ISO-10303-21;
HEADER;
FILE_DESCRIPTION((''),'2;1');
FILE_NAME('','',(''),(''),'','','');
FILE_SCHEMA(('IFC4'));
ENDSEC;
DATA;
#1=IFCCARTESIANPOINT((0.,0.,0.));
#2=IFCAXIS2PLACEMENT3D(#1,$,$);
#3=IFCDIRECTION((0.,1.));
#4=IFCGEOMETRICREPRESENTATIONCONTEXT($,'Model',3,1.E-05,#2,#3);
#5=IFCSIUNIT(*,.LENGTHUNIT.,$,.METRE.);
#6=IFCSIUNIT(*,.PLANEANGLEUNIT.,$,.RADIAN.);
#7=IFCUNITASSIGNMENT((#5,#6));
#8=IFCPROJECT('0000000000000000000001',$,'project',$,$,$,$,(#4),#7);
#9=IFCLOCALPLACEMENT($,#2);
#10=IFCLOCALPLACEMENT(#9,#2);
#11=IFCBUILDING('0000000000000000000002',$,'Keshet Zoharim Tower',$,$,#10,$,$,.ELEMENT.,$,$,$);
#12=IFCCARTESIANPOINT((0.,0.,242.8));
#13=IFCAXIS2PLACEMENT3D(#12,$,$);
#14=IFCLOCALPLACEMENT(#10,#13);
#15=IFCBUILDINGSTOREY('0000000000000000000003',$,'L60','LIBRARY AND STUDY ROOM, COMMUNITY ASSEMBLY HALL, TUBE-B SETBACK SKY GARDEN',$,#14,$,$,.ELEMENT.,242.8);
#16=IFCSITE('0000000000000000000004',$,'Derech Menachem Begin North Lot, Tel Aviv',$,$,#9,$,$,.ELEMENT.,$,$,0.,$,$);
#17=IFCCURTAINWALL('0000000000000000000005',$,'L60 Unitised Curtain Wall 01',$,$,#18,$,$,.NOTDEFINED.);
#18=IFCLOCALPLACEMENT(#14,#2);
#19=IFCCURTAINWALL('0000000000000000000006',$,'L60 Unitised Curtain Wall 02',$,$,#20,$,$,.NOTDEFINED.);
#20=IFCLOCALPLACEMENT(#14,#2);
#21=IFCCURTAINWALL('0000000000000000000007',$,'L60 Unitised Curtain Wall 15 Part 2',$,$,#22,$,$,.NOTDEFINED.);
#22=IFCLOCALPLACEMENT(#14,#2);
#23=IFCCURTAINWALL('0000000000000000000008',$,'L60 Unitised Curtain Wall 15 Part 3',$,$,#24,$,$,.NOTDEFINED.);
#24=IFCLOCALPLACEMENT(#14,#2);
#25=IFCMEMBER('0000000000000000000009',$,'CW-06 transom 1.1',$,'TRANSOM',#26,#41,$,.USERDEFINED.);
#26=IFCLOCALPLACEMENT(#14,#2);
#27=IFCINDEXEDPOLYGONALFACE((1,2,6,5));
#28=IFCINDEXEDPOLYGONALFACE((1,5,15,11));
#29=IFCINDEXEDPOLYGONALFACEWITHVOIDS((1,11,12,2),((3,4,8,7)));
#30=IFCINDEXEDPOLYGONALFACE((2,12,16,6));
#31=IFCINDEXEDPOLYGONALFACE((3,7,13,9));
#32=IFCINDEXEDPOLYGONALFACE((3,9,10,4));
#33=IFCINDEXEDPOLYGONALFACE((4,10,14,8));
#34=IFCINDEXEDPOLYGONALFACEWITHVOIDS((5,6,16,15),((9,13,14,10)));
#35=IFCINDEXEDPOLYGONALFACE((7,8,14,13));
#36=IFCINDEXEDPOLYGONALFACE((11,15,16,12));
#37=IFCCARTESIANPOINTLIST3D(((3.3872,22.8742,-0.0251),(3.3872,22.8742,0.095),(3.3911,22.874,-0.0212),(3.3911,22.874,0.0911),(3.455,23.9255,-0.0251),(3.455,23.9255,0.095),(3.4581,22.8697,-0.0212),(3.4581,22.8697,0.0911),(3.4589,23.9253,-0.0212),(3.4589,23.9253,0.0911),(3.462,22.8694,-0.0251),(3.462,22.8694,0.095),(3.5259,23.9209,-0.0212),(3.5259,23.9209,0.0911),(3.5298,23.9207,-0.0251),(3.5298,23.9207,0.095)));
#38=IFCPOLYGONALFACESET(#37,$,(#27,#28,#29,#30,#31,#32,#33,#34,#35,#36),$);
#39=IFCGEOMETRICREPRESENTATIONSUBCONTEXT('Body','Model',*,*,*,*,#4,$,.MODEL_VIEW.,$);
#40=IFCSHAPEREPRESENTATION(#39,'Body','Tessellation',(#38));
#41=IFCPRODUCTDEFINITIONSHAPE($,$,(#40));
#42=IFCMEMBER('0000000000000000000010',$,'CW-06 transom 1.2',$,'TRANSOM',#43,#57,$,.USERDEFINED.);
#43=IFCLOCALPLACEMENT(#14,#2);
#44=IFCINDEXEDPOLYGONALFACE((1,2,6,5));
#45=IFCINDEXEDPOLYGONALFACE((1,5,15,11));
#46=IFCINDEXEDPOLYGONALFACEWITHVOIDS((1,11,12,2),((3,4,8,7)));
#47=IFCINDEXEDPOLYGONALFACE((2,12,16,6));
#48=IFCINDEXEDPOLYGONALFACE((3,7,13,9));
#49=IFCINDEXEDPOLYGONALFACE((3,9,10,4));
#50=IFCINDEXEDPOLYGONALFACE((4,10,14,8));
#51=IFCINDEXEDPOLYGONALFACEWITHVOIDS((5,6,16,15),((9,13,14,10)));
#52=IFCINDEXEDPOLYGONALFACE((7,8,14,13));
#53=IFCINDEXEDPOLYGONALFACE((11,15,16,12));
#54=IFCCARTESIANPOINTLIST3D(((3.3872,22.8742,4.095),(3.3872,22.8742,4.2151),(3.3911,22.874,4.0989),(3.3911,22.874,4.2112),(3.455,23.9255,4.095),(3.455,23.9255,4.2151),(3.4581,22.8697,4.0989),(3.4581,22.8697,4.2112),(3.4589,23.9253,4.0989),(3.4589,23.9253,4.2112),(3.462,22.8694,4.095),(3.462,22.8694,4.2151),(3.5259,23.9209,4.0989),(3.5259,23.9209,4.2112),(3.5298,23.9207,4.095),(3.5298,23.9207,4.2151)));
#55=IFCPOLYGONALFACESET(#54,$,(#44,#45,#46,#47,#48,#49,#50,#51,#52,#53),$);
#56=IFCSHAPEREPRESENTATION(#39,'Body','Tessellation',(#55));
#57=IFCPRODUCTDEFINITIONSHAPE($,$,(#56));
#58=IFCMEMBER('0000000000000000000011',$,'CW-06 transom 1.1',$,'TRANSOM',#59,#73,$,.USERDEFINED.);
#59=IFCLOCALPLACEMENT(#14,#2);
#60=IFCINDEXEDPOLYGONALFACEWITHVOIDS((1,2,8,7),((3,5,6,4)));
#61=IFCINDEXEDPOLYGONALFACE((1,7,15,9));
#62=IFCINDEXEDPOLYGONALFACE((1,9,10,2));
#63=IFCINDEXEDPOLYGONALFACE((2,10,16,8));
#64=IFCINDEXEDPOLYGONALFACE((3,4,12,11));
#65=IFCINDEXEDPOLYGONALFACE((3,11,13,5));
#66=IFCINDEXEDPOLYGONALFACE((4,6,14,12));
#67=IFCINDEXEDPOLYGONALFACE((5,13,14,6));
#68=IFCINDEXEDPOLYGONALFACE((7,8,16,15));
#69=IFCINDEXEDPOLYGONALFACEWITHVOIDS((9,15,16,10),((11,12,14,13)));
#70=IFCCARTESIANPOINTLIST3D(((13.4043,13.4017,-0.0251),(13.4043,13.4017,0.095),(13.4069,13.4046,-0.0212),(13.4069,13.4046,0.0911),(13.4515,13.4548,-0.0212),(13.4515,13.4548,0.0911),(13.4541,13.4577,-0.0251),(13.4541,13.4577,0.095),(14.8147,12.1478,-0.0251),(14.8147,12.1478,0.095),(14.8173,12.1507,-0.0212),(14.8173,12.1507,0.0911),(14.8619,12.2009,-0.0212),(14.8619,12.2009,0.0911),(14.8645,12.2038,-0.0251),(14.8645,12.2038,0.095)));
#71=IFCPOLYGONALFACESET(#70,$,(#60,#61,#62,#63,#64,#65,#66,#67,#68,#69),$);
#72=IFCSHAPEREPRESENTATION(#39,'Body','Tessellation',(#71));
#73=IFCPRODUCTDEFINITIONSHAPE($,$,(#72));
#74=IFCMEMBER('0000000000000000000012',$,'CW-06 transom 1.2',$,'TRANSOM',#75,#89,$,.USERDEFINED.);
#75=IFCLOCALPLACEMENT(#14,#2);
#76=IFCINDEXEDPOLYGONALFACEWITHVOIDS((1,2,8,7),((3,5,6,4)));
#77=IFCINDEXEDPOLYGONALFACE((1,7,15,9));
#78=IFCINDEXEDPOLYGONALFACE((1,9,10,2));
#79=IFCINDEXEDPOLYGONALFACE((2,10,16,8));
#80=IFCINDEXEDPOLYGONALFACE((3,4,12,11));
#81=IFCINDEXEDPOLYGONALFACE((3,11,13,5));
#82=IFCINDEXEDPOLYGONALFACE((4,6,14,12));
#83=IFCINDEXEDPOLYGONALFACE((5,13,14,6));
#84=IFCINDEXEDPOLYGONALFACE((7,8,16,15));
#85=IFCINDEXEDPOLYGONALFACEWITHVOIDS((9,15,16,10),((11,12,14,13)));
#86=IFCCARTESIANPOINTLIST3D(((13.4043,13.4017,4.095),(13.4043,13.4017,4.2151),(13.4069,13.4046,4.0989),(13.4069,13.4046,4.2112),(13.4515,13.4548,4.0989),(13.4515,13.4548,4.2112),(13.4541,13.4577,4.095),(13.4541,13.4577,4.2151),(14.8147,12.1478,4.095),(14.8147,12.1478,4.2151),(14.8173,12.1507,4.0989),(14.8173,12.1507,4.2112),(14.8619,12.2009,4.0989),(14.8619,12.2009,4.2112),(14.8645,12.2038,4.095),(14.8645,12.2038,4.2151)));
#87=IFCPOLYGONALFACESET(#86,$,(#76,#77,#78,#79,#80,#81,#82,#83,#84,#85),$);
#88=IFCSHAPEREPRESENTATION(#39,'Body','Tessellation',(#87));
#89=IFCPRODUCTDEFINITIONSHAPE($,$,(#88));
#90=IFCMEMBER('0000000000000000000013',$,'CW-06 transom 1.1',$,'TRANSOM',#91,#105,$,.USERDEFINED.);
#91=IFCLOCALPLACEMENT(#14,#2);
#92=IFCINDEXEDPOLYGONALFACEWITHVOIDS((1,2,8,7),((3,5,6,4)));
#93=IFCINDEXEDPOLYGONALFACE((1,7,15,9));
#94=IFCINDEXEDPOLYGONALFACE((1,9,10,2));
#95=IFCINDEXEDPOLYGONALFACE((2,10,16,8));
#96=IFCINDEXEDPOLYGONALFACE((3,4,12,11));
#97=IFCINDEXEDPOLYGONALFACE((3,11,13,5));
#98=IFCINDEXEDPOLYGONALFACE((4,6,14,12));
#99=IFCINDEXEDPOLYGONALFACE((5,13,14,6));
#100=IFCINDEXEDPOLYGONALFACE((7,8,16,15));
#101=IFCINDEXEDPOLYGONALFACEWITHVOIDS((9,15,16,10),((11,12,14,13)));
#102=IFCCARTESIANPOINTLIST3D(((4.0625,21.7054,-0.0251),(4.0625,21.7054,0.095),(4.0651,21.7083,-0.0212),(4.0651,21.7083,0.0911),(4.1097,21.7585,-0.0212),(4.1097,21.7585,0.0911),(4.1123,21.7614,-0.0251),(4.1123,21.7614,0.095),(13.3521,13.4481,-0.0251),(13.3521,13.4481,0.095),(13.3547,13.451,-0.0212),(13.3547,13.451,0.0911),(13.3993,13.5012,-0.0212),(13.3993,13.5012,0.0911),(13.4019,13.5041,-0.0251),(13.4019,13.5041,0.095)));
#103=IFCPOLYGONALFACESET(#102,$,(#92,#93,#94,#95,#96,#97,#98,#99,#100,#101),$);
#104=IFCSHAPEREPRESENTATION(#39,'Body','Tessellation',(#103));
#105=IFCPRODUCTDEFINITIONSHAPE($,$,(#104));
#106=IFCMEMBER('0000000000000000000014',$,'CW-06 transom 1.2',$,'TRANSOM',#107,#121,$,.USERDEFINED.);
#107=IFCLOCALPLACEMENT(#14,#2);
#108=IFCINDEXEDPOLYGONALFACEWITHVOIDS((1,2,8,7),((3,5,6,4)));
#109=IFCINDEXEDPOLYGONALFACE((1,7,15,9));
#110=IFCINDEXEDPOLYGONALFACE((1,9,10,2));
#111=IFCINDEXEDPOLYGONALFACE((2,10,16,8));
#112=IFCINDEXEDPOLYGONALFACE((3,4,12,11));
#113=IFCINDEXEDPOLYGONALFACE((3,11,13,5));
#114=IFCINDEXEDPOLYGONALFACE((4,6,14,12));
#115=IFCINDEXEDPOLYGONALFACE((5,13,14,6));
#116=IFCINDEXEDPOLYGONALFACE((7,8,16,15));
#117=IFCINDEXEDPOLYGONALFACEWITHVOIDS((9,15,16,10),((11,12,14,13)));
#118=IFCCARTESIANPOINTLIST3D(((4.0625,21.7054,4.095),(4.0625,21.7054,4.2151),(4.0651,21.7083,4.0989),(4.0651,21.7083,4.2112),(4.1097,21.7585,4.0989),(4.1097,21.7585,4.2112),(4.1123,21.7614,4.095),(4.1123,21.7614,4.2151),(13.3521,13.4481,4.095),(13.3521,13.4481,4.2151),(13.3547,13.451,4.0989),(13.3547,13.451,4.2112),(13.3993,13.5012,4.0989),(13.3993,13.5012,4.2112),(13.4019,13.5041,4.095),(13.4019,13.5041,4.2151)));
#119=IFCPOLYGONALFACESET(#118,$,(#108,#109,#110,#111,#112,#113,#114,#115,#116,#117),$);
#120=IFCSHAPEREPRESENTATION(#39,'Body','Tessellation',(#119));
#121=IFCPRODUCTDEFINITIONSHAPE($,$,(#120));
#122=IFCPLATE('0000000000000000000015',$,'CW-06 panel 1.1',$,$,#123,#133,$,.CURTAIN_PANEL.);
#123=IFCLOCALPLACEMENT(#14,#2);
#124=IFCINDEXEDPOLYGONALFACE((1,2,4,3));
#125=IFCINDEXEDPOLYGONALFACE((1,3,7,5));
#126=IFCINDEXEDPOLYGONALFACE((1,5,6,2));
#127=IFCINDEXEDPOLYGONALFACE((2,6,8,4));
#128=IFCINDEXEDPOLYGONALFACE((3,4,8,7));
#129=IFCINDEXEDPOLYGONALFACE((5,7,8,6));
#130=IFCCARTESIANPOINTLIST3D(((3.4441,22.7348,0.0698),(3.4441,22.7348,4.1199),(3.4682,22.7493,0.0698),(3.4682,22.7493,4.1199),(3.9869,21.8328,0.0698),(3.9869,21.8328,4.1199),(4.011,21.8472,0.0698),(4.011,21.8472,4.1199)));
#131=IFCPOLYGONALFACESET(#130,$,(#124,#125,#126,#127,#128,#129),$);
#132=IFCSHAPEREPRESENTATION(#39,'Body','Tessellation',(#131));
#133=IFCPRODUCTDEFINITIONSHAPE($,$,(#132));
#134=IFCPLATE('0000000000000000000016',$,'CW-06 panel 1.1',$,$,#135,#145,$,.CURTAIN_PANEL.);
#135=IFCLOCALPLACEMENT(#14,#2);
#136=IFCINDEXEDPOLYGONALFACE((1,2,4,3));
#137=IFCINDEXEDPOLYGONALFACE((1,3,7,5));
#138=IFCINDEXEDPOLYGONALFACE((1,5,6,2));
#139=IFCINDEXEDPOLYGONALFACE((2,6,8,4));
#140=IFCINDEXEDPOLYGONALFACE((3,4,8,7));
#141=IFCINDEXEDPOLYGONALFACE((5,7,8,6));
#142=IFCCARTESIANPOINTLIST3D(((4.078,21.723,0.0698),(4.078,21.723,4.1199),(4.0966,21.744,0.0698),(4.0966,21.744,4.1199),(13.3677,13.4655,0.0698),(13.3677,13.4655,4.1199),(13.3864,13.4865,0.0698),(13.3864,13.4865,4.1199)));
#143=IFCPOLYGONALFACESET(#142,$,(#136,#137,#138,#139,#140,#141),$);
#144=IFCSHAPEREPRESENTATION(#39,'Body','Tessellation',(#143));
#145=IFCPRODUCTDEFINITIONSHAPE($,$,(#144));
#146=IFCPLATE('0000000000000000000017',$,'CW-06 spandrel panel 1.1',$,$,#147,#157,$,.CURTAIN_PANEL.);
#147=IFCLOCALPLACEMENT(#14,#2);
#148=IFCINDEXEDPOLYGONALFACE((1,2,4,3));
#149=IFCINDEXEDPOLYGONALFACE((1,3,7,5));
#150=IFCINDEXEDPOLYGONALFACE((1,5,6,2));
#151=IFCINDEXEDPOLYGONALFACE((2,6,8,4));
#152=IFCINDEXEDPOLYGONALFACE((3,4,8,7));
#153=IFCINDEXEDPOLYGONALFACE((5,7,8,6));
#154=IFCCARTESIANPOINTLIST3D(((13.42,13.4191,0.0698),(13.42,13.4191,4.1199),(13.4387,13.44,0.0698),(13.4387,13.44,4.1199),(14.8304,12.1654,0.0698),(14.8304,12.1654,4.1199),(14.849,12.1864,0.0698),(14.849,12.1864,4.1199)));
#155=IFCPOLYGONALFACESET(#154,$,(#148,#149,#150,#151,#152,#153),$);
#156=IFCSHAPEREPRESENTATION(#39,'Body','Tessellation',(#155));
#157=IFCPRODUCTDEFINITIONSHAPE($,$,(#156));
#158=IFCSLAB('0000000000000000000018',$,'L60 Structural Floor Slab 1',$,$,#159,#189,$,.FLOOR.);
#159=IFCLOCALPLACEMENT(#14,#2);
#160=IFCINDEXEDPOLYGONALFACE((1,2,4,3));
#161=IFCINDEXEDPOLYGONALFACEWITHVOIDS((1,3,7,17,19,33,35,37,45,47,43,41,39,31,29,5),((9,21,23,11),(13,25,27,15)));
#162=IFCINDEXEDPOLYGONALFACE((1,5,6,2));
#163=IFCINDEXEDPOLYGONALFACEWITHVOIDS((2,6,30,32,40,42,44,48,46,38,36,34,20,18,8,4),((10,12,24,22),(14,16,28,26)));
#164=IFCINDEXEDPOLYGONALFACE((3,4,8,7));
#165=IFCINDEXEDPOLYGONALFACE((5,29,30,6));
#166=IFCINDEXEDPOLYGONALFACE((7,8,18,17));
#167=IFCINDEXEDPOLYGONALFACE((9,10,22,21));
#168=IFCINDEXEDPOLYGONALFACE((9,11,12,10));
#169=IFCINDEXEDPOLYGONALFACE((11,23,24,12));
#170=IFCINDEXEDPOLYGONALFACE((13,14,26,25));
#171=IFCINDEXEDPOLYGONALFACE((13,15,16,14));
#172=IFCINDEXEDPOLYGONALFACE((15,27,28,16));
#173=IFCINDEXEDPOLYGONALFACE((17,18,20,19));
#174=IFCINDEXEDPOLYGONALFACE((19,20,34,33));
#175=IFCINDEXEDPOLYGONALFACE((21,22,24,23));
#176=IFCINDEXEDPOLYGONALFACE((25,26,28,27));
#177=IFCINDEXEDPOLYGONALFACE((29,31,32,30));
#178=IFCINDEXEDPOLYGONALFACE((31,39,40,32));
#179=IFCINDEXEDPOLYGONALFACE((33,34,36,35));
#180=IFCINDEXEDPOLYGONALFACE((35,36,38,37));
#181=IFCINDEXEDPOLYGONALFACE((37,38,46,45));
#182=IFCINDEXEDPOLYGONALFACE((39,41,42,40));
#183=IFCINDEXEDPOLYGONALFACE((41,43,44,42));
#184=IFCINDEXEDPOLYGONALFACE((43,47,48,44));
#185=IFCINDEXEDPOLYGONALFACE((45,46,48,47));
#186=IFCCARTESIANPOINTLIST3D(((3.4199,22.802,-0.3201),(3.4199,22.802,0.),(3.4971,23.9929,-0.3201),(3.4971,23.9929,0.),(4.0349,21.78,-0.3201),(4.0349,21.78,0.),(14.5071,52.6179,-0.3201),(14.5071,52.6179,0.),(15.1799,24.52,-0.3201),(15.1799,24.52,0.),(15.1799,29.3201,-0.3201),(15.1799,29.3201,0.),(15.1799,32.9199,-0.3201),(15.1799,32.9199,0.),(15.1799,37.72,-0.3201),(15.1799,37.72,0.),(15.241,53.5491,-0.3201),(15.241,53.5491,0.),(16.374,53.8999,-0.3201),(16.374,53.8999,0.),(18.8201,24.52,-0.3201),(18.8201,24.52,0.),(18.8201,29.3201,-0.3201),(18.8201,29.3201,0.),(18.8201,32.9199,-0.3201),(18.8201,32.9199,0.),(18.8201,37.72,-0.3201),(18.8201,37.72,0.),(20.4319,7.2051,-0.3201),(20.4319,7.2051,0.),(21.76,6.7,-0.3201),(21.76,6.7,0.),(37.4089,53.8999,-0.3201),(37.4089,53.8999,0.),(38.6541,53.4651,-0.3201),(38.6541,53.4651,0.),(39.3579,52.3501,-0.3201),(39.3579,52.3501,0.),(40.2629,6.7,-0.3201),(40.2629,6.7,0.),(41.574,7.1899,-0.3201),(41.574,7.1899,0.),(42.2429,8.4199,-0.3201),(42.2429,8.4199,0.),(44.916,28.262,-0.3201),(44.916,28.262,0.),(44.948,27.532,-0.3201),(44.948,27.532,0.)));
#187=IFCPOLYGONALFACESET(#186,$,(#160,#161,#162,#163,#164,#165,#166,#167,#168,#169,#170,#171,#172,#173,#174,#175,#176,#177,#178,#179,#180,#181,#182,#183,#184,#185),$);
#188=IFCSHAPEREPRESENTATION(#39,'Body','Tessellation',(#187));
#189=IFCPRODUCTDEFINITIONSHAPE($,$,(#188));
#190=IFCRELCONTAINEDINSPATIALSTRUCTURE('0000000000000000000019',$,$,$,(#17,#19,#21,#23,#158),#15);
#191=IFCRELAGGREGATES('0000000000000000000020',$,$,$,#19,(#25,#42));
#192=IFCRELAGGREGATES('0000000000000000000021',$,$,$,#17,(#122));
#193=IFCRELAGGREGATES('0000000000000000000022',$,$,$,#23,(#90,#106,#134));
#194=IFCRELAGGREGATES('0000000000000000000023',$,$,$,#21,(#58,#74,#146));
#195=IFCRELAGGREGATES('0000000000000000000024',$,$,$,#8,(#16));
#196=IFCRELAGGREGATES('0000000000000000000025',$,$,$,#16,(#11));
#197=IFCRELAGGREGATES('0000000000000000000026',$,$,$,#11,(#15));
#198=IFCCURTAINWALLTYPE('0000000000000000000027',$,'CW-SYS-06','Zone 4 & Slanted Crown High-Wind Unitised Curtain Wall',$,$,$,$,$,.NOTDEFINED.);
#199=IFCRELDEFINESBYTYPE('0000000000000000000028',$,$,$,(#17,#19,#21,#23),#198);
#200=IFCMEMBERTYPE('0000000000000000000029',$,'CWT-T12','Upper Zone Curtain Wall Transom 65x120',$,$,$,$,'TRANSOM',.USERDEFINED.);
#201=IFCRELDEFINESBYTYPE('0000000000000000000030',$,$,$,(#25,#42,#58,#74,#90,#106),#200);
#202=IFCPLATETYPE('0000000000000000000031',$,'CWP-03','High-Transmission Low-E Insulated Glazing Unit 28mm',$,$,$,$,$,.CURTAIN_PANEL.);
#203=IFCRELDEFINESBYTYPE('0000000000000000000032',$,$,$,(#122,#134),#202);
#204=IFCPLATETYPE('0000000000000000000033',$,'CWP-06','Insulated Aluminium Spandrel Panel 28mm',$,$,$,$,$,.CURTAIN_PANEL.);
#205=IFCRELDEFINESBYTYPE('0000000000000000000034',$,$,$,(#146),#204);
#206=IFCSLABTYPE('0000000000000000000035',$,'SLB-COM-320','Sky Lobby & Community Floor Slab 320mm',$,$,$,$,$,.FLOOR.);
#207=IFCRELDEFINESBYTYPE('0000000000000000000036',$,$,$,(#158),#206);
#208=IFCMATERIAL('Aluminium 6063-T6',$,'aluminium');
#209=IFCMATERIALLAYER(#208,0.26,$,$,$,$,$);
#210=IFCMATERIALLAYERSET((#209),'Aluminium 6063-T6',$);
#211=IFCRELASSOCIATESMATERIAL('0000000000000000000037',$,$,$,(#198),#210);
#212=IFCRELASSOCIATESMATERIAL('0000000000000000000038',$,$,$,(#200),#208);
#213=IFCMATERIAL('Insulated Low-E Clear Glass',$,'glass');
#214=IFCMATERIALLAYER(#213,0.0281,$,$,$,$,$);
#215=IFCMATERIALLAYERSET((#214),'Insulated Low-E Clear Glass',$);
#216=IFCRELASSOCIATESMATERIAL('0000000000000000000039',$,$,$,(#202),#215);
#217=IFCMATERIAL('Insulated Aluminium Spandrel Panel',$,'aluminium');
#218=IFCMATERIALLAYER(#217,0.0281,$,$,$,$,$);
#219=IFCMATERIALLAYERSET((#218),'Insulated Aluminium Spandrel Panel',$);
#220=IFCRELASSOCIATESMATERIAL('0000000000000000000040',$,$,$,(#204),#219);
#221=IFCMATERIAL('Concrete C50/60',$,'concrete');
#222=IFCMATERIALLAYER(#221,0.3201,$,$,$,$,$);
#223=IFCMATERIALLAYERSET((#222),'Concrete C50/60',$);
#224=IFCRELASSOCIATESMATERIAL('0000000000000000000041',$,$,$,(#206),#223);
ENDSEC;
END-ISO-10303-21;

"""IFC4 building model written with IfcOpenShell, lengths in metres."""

from ifc_helpers import new_model, si_unit, direction, frame, origin, origin_2d, place, context, subcontext, project, spatial, polyline, rectangle, hollow_rectangle, outline, extrude, material, layer, layer_set, material_profile, profile_set, type_object, element, aggregate, save


model = new_model("IFC4")

# Units and contexts
model_context = context("Model", 3, precision=1e-05, world=origin(), true_north=direction((0.0, 1.0)))
body_context = subcontext(model_context, "Body", "Model", "MODEL_VIEW")
ifc_project = project(units=[si_unit("LENGTHUNIT", "METRE"), si_unit("PLANEANGLEUNIT", "RADIAN")], contexts=[model_context])

# Site, building, storey
site_placement = place(None, origin())
site = spatial("IfcSite", under=ifc_project, at=site_placement, Name="Derech Menachem Begin North Lot, Tel Aviv", CompositionType="ELEMENT", RefElevation=0.0)
building_placement = place(site_placement, origin())
building = spatial("IfcBuilding", under=site, at=building_placement, Name="Keshet Zoharim Tower", CompositionType="ELEMENT")
storey_placement = place(building_placement, frame((0.0, 0.0, 242.8)))
storey = spatial("IfcBuildingStorey", under=building, at=storey_placement, Name="L60", Description="LIBRARY AND STUDY ROOM, COMMUNITY ASSEMBLY HALL, TUBE-B SETBACK SKY GARDEN", CompositionType="ELEMENT", Elevation=242.8)

# Shared definitions
ifc_material_1 = material(Name="Concrete C50/60", Category="concrete")

# Curtain wall
ifc_material_2 = material(Name="Aluminium 6063-T6", Category="aluminium")
ifc_layer_1 = layer(ifc_material_2, 0.26)
ifc_layer_set_1 = layer_set([ifc_layer_1], Name="Aluminium 6063-T6")
curtain_wall_type = type_object("IfcCurtainWallType", Name="CW-SYS-06", Description="Zone 4 & Slanted Crown High-Wind Unitised Curtain Wall", PredefinedType="NOTDEFINED", material=ifc_layer_set_1)
curtain_wall_1_placement = place(storey_placement, origin())
curtain_wall_1 = element("IfcCurtainWall", 1, at=curtain_wall_1_placement, inside=storey, type_object=curtain_wall_type, Name="L60 Unitised Curtain Wall 01", PredefinedType="NOTDEFINED")

# Curtain walls
curtain_wall_2_placement = place(storey_placement, origin())
curtain_wall_2 = element("IfcCurtainWall", 2, at=curtain_wall_2_placement, inside=storey, type_object=curtain_wall_type, Name="L60 Unitised Curtain Wall 02", PredefinedType="NOTDEFINED")
curtain_wall_3_placement = place(storey_placement, origin())
curtain_wall_3 = element("IfcCurtainWall", 3, at=curtain_wall_3_placement, inside=storey, type_object=curtain_wall_type, Name="L60 Unitised Curtain Wall 15 Part 2", PredefinedType="NOTDEFINED")
curtain_wall_4_placement = place(storey_placement, origin())
curtain_wall_4 = element("IfcCurtainWall", 4, at=curtain_wall_4_placement, inside=storey, type_object=curtain_wall_type, Name="L60 Unitised Curtain Wall 15 Part 3", PredefinedType="NOTDEFINED")

# Members
ifc_material_profile_1 = material_profile(ifc_material_2, hollow_rectangle(XDim=0.075, YDim=0.1201, WallThickness=0.0039, at=origin_2d()), Name="TRN-75x120")
ifc_profile_set_1 = profile_set([ifc_material_profile_1], Name="Aluminium 6063-T6")
member_type_1 = type_object("IfcMemberType", Name="CWT-T12", Description="Upper Zone Curtain Wall Transom 65x120", ElementType="TRANSOM", PredefinedType="USERDEFINED", material=ifc_profile_set_1)
member_1_placement = place(storey_placement, frame((3.4246, 22.8718, 0.0349), z_axis=(0.064427, 0.997922, 0.0), x_axis=(-0.997922, 0.064427, 0.0)))
member_1 = element("IfcMember", 5, at=member_1_placement, type_object=member_type_1, Name="CW-06 transom 1.1", ObjectType="TRANSOM", PredefinedType="USERDEFINED", context=body_context, shape_type="SweptSolid", body=[
    extrude(hollow_rectangle(XDim=0.075, YDim=0.1201, WallThickness=0.0039, at=origin_2d()), origin(), (0.0, 0.0, 1.0), 1.0535),
])
member_2_placement = place(storey_placement, frame((3.4246, 22.8718, 4.155), z_axis=(0.064427, 0.997922, 0.0), x_axis=(-0.997922, 0.064427, 0.0)))
member_2 = element("IfcMember", 6, at=member_2_placement, type_object=member_type_1, Name="CW-06 transom 1.2", ObjectType="TRANSOM", PredefinedType="USERDEFINED", context=body_context, shape_type="SweptSolid", body=[
    extrude(hollow_rectangle(XDim=0.075, YDim=0.1201, WallThickness=0.0039, at=origin_2d()), origin(), (0.0, 0.0, 1.0), 1.0535),
])
aggregate(curtain_wall_2, [member_1, member_2])
member_3_placement = place(storey_placement, frame((14.8396, 12.1758, 0.0349), z_axis=(-0.747352, 0.664428, 0.0), x_axis=(-0.664428, -0.747352, 0.0)))
member_3 = element("IfcMember", 7, at=member_3_placement, type_object=member_type_1, Name="CW-06 transom 1.1", ObjectType="TRANSOM", PredefinedType="USERDEFINED", context=body_context, shape_type="SweptSolid", body=[
    extrude(hollow_rectangle(XDim=0.075, YDim=0.1201, WallThickness=0.0039, at=origin_2d()), origin(), (0.0, 0.0, 1.0), 1.8872),
])
member_4_placement = place(storey_placement, frame((14.8396, 12.1758, 4.155), z_axis=(-0.747352, 0.664428, 0.0), x_axis=(-0.664428, -0.747352, 0.0)))
member_4 = element("IfcMember", 8, at=member_4_placement, type_object=member_type_1, Name="CW-06 transom 1.2", ObjectType="TRANSOM", PredefinedType="USERDEFINED", context=body_context, shape_type="SweptSolid", body=[
    extrude(hollow_rectangle(XDim=0.075, YDim=0.1201, WallThickness=0.0039, at=origin_2d()), origin(), (0.0, 0.0, 1.0), 1.8872),
])
member_5_placement = place(storey_placement, frame((13.377, 13.4761, 0.0349), z_axis=(-0.747411, 0.664361, 0.0), x_axis=(-0.664361, -0.747411, 0.0)))
member_5 = element("IfcMember", 9, at=member_5_placement, type_object=member_type_1, Name="CW-06 transom 1.1", ObjectType="TRANSOM", PredefinedType="USERDEFINED", context=body_context, shape_type="SweptSolid", body=[
    extrude(hollow_rectangle(XDim=0.075, YDim=0.1201, WallThickness=0.0039, at=origin_2d()), origin(), (0.0, 0.0, 1.0), 12.429),
])
member_6_placement = place(storey_placement, frame((13.377, 13.4761, 4.155), z_axis=(-0.747411, 0.664361, 0.0), x_axis=(-0.664361, -0.747411, 0.0)))
member_6 = element("IfcMember", 10, at=member_6_placement, type_object=member_type_1, Name="CW-06 transom 1.2", ObjectType="TRANSOM", PredefinedType="USERDEFINED", context=body_context, shape_type="SweptSolid", body=[
    extrude(hollow_rectangle(XDim=0.075, YDim=0.1201, WallThickness=0.0039, at=origin_2d()), origin(), (0.0, 0.0, 1.0), 12.429),
])

# Plates
ifc_material_3 = material(Name="Insulated Low-E Clear Glass", Category="glass")
ifc_layer_2 = layer(ifc_material_3, 0.0281)
ifc_layer_set_2 = layer_set([ifc_layer_2], Name="Insulated Low-E Clear Glass")
plate_type_1 = type_object("IfcPlateType", Name="CWP-03", Description="High-Transmission Low-E Insulated Glazing Unit 28mm", PredefinedType="CURTAIN_PANEL", material=ifc_layer_set_2)
plate_1_placement = place(storey_placement, frame((3.7275, 22.291, 0.0698), z_axis=(0.0, 0.0, 1.0), x_axis=(-0.515605, 0.856826, 0.0)))
plate_1 = element("IfcPlate", 11, at=plate_1_placement, type_object=plate_type_1, Name="CW-06 panel 1.1", PredefinedType="CURTAIN_PANEL", context=body_context, shape_type="SweptSolid", body=[
    extrude(rectangle(XDim=1.0527, YDim=0.0281, at=origin_2d()), origin(), (0.0, 0.0, 1.0), 4.05),
])
aggregate(curtain_wall_1, [plate_1])
plate_2_placement = place(storey_placement, frame((8.7322, 17.6047, 0.0698), z_axis=(0.0, 0.0, 1.0), x_axis=(-0.747413, 0.664359, 0.0)))
plate_2 = element("IfcPlate", 12, at=plate_2_placement, type_object=plate_type_1, Name="CW-06 panel 1.1", PredefinedType="CURTAIN_PANEL", context=body_context, shape_type="SweptSolid", body=[
    extrude(rectangle(XDim=12.4292, YDim=0.0281, at=origin_2d()), origin(), (0.0, 0.0, 1.0), 4.05),
])
aggregate(curtain_wall_4, [member_5, member_6, plate_2])
ifc_material_4 = material(Name="Insulated Aluminium Spandrel Panel", Category="aluminium")
ifc_layer_3 = layer(ifc_material_4, 0.0281)
ifc_layer_set_3 = layer_set([ifc_layer_3], Name="Insulated Aluminium Spandrel Panel")
plate_type_2 = type_object("IfcPlateType", Name="CWP-06", Description="Insulated Aluminium Spandrel Panel 28mm", PredefinedType="CURTAIN_PANEL", material=ifc_layer_set_3)
plate_3_placement = place(storey_placement, frame((14.1345, 12.8027, 0.0698), z_axis=(0.0, 0.0, 1.0), x_axis=(-0.747404, 0.66437, 0.0)))
plate_3 = element("IfcPlate", 13, at=plate_3_placement, type_object=plate_type_2, Name="CW-06 spandrel panel 1.1", PredefinedType="CURTAIN_PANEL", context=body_context, shape_type="SweptSolid", body=[
    extrude(rectangle(XDim=1.887, YDim=0.0281, at=origin_2d()), origin(), (0.0, 0.0, 1.0), 4.05),
])
aggregate(curtain_wall_3, [member_3, member_4, plate_3])

# Slab
ifc_layer_4 = layer(ifc_material_1, 0.3201)
ifc_layer_set_4 = layer_set([ifc_layer_4], Name="Concrete C50/60")
slab_type_1 = type_object("IfcSlabType", Name="SLB-COM-320", Description="Sky Lobby & Community Floor Slab 320mm", PredefinedType="FLOOR", material=ifc_layer_set_4)
slab_1_placement = place(storey_placement, frame((0.0, 0.0, -0.3201)))
element("IfcSlab", 14, at=slab_1_placement, inside=storey, type_object=slab_type_1, Name="L60 Structural Floor Slab 1", PredefinedType="FLOOR", context=body_context, shape_type="SweptSolid", body=[
    extrude(outline(polyline([(4.0349, 21.78), (3.4199, 22.802), (3.4971, 23.9929), (14.5071, 52.6179), (15.241, 53.5491), (16.374, 53.8999), (37.4089, 53.8999), (38.6541, 53.4651), (39.3579, 52.3501), (44.916, 28.262), (44.948, 27.532), (42.2429, 8.4199), (41.574, 7.1899), (40.2629, 6.7), (21.76, 6.7), (20.4319, 7.2051), (4.0349, 21.78)]), holes=[polyline([(15.1799, 24.52), (18.8201, 24.52), (18.8201, 29.3201), (15.1799, 29.3201), (15.1799, 24.52)]), polyline([(15.1799, 32.9199), (18.8201, 32.9199), (18.8201, 37.72), (15.1799, 37.72), (15.1799, 32.9199)])]), origin(), (0.0, 0.0, 1.0), 0.3201),
])

save(model, "model.ifc")
